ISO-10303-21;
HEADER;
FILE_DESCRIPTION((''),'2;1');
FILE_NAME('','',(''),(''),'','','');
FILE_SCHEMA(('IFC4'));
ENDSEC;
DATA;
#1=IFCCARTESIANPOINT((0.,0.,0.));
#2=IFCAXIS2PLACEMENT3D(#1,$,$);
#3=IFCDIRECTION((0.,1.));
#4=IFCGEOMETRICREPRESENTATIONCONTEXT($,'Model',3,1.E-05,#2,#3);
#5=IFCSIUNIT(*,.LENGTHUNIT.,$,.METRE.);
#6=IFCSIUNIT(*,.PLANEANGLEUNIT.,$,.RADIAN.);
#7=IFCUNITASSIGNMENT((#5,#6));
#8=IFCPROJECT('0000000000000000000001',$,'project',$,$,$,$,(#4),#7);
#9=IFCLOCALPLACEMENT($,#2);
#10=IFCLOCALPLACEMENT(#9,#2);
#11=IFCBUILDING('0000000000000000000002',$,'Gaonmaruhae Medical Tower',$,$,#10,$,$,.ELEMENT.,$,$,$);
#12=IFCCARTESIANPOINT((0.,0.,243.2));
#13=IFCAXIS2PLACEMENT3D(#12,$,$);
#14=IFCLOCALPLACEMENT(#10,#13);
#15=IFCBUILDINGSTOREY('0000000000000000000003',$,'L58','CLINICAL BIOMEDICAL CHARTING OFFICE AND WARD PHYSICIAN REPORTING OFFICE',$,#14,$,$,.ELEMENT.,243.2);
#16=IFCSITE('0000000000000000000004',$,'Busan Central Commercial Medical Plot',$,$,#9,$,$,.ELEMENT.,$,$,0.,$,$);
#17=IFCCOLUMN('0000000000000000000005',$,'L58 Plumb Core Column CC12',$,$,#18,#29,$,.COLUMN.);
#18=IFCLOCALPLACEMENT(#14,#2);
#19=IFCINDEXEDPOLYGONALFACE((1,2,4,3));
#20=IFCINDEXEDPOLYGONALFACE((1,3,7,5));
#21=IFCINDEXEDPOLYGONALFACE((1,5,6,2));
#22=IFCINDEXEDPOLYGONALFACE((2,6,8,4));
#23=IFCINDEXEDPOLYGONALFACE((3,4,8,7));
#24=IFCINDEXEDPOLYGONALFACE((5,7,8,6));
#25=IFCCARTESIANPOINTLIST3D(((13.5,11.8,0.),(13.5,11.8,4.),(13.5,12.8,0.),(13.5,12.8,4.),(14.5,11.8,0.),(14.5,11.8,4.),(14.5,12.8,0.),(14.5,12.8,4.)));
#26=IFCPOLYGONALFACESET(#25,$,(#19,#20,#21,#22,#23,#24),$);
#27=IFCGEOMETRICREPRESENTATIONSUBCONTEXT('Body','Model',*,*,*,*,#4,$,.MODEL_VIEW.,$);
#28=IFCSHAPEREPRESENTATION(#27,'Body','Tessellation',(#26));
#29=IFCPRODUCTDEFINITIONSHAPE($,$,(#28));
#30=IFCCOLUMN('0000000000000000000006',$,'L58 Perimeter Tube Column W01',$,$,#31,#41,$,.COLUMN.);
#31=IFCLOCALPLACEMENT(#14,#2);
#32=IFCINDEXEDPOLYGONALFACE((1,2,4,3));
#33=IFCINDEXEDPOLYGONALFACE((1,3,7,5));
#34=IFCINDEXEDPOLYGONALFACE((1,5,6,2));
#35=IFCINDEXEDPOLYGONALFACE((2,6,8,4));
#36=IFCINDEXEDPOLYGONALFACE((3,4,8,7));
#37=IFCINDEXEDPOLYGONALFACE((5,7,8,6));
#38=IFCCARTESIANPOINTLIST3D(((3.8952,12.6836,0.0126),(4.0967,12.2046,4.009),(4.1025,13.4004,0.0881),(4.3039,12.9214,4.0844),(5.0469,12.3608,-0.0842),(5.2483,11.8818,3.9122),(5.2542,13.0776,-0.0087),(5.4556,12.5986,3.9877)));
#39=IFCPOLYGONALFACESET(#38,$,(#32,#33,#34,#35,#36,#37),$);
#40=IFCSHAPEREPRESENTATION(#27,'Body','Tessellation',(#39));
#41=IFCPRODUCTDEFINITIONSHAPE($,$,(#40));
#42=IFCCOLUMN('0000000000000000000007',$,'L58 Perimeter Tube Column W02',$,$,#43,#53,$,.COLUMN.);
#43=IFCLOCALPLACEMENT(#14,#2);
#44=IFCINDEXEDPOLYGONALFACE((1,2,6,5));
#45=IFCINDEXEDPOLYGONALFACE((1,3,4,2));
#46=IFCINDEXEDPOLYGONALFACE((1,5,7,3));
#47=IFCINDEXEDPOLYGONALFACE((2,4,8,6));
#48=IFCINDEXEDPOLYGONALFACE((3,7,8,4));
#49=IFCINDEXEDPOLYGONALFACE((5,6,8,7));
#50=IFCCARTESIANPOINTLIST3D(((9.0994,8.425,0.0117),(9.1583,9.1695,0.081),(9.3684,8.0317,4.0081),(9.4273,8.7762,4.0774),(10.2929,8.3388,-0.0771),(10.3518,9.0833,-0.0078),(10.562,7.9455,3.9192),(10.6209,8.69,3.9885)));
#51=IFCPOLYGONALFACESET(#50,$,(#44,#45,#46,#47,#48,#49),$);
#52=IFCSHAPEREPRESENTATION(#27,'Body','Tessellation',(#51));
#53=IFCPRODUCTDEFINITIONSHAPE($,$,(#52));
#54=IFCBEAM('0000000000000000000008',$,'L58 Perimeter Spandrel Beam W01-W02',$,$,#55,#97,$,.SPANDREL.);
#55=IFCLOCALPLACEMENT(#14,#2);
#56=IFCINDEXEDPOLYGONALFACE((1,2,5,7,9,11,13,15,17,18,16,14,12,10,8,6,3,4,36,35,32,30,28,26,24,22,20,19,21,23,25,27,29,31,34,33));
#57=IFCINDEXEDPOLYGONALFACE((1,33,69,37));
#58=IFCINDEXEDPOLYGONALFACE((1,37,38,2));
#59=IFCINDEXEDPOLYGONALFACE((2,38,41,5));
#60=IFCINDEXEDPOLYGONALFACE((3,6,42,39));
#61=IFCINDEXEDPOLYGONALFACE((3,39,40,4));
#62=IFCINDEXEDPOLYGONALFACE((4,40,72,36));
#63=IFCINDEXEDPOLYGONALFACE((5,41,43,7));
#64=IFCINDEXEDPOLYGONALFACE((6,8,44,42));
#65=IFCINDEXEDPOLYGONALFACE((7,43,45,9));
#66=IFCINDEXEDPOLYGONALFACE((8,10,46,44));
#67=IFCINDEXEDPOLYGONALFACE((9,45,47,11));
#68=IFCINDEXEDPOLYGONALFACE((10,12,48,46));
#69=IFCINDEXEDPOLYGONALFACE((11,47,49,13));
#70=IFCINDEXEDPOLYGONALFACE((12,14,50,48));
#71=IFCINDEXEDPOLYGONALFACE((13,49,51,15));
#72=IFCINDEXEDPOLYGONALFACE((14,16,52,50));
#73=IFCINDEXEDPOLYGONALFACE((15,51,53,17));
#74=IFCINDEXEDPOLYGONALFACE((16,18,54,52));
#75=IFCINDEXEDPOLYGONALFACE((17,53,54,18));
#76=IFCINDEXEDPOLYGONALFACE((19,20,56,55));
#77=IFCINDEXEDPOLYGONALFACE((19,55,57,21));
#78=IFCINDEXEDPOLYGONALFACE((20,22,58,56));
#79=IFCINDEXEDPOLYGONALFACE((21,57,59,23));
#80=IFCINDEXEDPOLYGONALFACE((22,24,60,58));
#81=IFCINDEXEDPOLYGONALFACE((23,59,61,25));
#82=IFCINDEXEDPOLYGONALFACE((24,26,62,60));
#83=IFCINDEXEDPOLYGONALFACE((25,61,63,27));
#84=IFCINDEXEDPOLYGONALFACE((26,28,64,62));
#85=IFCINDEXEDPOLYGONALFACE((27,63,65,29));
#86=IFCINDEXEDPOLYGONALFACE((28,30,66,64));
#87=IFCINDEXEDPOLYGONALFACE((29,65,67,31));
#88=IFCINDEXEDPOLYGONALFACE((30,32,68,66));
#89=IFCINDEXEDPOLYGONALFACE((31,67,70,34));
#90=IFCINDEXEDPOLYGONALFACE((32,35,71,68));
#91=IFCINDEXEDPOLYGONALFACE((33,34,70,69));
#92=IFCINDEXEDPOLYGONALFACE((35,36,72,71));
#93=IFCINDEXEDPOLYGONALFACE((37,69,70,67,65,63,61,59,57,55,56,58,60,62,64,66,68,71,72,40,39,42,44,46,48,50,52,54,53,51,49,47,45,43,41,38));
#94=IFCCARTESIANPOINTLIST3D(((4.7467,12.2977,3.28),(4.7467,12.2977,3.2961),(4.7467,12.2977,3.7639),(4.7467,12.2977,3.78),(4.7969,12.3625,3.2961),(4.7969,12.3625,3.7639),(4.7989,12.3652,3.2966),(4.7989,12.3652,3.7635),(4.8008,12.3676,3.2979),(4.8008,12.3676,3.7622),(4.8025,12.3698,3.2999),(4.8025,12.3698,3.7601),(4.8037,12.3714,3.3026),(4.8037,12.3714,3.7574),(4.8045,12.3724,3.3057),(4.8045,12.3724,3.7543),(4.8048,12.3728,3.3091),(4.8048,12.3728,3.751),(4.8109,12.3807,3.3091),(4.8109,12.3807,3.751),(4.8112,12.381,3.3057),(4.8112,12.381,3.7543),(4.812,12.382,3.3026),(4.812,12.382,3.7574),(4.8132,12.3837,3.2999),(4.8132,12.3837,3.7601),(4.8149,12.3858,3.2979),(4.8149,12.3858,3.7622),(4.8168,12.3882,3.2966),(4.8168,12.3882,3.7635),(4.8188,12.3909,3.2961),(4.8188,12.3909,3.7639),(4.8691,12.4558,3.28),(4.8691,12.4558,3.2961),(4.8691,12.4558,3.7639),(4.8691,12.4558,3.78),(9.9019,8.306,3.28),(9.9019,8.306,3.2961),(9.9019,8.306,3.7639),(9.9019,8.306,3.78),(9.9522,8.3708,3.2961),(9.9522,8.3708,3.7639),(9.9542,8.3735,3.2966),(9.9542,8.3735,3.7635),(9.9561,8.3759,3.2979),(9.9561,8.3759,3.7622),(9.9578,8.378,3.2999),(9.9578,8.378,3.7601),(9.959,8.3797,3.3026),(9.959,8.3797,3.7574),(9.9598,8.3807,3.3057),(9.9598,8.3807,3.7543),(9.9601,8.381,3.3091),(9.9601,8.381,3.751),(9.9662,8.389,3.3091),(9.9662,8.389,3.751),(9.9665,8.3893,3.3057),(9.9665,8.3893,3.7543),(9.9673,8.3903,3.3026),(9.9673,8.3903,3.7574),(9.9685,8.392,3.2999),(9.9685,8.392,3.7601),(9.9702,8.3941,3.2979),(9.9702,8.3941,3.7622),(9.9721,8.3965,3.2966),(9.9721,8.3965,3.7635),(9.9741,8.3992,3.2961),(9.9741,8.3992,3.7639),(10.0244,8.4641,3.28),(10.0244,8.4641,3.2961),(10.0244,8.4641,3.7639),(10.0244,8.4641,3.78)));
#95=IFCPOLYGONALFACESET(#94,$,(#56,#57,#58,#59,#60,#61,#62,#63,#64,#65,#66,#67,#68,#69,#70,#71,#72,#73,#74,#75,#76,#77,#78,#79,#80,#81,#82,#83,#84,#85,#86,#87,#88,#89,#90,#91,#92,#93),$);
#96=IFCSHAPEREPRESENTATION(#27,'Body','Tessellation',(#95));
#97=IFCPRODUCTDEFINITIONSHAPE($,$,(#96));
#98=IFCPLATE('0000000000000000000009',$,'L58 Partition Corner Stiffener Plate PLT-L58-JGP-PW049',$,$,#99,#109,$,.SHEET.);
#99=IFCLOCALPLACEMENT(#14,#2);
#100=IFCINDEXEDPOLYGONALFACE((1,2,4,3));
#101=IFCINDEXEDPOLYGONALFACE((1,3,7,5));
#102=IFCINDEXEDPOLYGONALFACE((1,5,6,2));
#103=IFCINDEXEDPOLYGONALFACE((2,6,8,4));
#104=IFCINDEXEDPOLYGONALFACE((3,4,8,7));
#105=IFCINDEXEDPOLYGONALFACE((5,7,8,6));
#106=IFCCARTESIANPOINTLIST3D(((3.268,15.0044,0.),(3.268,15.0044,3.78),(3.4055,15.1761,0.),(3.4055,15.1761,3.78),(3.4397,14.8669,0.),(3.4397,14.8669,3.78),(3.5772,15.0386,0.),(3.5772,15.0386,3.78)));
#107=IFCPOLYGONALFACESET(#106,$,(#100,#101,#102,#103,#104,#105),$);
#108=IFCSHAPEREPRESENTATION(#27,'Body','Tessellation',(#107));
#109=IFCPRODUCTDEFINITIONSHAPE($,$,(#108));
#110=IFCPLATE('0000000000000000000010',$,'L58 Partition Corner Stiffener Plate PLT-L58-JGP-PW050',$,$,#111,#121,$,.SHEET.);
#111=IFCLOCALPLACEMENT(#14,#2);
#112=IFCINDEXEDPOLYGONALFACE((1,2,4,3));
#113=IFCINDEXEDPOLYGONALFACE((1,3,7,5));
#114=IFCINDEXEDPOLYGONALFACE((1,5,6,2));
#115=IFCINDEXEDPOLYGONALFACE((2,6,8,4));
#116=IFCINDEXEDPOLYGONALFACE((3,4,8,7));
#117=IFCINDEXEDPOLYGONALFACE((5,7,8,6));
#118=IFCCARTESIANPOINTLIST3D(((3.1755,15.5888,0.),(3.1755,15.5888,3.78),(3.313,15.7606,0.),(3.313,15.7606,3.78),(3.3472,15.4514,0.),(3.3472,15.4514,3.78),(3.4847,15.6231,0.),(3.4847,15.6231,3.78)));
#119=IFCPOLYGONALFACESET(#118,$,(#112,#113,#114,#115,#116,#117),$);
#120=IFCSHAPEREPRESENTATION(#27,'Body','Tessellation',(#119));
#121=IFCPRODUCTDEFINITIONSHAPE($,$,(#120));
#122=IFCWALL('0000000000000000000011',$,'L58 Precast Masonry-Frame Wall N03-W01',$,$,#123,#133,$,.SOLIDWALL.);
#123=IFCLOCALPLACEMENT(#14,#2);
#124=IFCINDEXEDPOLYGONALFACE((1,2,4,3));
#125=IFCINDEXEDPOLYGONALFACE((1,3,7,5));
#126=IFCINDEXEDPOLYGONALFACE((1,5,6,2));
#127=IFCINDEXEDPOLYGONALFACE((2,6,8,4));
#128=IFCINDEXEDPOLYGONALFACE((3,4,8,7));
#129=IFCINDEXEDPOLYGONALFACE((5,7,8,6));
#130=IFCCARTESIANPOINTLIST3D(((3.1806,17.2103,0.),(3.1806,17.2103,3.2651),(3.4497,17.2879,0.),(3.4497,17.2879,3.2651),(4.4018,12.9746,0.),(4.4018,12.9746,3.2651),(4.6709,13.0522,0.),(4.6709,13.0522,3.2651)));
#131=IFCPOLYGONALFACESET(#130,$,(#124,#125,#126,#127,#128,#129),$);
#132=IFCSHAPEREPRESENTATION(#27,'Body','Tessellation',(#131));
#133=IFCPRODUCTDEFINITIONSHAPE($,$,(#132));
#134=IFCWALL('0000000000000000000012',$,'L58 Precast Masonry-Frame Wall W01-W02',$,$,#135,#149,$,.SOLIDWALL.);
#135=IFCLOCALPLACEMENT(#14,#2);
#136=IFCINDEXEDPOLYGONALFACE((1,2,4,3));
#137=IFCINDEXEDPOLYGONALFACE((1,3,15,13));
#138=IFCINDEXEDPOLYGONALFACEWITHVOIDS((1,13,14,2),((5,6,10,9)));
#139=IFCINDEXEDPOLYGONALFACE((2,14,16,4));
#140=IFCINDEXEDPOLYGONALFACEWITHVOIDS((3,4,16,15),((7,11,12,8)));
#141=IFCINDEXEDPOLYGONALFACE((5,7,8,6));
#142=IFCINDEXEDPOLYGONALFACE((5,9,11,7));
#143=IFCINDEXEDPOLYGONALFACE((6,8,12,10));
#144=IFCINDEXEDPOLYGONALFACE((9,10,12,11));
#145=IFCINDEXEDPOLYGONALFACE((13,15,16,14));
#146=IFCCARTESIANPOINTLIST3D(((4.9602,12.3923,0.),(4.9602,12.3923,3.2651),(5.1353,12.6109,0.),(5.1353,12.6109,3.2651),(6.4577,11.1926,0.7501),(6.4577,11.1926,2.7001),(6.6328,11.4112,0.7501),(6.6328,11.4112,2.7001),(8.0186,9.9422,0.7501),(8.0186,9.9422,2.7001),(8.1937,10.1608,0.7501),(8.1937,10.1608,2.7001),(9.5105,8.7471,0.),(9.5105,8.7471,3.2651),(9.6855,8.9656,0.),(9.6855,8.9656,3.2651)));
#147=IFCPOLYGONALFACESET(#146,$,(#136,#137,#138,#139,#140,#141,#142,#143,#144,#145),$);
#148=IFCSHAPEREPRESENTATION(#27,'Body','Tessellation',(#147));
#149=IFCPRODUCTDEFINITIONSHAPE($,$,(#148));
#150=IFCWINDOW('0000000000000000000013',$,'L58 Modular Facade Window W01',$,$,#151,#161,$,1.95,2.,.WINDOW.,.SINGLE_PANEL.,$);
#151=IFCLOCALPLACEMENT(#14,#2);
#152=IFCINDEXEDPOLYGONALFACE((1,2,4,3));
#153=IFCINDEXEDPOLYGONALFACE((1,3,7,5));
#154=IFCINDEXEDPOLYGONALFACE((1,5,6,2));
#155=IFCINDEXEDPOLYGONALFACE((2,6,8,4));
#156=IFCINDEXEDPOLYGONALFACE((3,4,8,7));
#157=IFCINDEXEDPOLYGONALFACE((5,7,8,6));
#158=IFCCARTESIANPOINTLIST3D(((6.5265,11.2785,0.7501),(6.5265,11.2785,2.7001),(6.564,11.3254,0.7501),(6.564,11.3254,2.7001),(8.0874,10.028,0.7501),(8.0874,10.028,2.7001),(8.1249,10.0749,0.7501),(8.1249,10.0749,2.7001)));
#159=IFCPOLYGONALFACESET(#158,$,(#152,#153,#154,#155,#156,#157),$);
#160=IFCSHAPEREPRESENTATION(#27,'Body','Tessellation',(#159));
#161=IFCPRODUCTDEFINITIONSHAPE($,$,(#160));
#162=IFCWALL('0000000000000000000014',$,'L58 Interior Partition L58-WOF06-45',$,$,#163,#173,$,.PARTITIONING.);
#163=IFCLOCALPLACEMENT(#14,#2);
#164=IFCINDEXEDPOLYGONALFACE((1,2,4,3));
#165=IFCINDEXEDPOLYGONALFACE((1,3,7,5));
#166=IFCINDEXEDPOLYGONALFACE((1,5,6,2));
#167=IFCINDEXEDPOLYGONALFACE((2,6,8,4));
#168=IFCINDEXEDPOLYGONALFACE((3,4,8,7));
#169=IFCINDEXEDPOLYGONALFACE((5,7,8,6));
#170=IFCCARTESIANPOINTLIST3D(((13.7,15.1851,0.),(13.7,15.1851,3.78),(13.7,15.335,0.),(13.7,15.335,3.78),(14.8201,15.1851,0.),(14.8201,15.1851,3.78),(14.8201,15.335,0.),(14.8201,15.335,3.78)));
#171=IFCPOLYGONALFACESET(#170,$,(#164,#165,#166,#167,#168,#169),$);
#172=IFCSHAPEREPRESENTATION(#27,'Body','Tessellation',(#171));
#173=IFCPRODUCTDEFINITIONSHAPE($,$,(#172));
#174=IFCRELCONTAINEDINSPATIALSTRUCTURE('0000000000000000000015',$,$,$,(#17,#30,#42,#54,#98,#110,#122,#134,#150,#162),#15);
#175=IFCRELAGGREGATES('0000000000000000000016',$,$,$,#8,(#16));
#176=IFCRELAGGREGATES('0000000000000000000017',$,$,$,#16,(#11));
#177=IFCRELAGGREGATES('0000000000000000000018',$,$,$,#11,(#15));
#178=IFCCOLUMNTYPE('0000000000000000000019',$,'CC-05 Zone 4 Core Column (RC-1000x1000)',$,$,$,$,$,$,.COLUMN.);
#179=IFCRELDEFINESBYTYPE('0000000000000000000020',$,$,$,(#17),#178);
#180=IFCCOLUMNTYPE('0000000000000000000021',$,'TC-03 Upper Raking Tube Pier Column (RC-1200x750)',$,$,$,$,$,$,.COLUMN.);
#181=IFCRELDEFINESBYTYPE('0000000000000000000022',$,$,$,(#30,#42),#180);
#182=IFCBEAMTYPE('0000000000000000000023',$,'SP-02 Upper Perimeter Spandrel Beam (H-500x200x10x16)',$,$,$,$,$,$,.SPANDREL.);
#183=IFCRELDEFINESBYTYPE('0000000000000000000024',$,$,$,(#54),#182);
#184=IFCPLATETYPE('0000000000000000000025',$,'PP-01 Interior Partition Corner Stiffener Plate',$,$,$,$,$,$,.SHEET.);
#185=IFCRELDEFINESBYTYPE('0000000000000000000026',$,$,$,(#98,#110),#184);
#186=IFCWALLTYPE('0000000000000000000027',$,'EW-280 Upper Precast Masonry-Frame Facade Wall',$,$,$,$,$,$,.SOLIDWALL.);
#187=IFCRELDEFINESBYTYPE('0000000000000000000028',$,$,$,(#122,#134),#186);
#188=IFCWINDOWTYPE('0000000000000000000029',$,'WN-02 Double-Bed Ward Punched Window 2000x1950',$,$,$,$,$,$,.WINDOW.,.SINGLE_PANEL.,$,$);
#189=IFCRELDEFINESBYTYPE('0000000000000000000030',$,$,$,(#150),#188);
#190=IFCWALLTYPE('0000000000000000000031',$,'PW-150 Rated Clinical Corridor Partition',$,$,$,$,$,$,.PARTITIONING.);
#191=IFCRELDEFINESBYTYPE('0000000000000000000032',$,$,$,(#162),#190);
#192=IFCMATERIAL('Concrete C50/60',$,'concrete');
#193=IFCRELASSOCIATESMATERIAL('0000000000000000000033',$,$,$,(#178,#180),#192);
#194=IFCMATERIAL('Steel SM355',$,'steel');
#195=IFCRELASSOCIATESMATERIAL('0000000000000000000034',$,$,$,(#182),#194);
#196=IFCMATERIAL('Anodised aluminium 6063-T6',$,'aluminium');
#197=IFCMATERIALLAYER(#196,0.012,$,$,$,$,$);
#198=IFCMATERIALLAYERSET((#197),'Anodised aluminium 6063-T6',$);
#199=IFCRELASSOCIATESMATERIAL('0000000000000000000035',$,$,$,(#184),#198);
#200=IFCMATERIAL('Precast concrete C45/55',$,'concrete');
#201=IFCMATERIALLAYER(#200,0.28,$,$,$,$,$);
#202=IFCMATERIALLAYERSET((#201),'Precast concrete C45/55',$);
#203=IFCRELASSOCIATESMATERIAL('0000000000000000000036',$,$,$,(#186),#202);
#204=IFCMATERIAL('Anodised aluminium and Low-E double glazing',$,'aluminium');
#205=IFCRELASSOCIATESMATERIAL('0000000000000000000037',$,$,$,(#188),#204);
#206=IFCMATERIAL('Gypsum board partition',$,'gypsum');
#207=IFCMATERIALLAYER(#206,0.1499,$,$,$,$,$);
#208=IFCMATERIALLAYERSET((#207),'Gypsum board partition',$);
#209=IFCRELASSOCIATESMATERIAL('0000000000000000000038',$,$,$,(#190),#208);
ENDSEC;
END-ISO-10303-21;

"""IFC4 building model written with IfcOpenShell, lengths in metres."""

from ifc_helpers import new_model, si_unit, direction, frame, frame_2d, origin, origin_2d, place, context, subcontext, project, spatial, rectangle, i_section, extrude, material, layer, layer_set, material_profile, profile_set, type_object, element, fill, save


model = new_model("IFC4")

# Units and contexts
model_context = context("Model", 3, precision=1e-05, world=origin(), true_north=direction((0.0, 1.0)))
body_context = subcontext(model_context, "Body", "Model", "MODEL_VIEW")
ifc_project = project(units=[si_unit("LENGTHUNIT", "METRE"), si_unit("PLANEANGLEUNIT", "RADIAN")], contexts=[model_context])

# Site, building, storey
site_placement = place(None, origin())
site = spatial("IfcSite", under=ifc_project, at=site_placement, Name="Busan Central Commercial Medical Plot", CompositionType="ELEMENT", RefElevation=0.0)
building_placement = place(site_placement, origin())
building = spatial("IfcBuilding", under=site, at=building_placement, Name="Gaonmaruhae Medical Tower", CompositionType="ELEMENT")
storey_placement = place(building_placement, frame((0.0, 0.0, 243.2)))
storey = spatial("IfcBuildingStorey", under=building, at=storey_placement, Name="L58", Description="CLINICAL BIOMEDICAL CHARTING OFFICE AND WARD PHYSICIAN REPORTING OFFICE", CompositionType="ELEMENT", Elevation=243.2)

# Columns
ifc_material_1 = material(Name="Concrete C50/60", Category="concrete")
ifc_material_profile_1 = material_profile(ifc_material_1, rectangle(XDim=1.0, YDim=1.0, at=origin_2d()), Name="RC-1000x1000")
ifc_profile_set_1 = profile_set([ifc_material_profile_1], Name="Concrete C50/60")
column_type_1 = type_object("IfcColumnType", Name="CC-05 Zone 4 Core Column (RC-1000x1000)", PredefinedType="COLUMN", material=ifc_profile_set_1)
column_1_placement = place(storey_placement, frame((14.0, 12.3, 0.0), z_axis=(0.0, 0.0, 1.0), x_axis=(1.0, 0.0, 0.0)))
element("IfcColumn", 1, at=column_1_placement, inside=storey, type_object=column_type_1, Name="L58 Plumb Core Column CC12", PredefinedType="COLUMN", context=body_context, shape_type="SweptSolid", body=[
    extrude(rectangle(XDim=1.0, YDim=1.0, at=origin_2d()), origin(), (0.0, 0.0, 1.0), 4.0),
])
ifc_material_profile_2 = material_profile(ifc_material_1, rectangle(XDim=1.2, YDim=0.75, at=origin_2d()), Name="RC-1200x750")
ifc_profile_set_2 = profile_set([ifc_material_profile_2], Name="Concrete C50/60")
column_type_2 = type_object("IfcColumnType", Name="TC-03 Upper Raking Tube Pier Column (RC-1200x750)", PredefinedType="COLUMN", material=ifc_profile_set_2)
column_2_placement = place(storey_placement, frame((4.5747, 12.8806, 0.002), z_axis=(0.049979, -0.11886, 0.991652), x_axis=(-0.959748, 0.269043, 0.080619)))
element("IfcColumn", 2, at=column_2_placement, inside=storey, type_object=column_type_2, Name="L58 Perimeter Tube Column W01", PredefinedType="COLUMN", context=body_context, shape_type="SweptSolid", body=[
    extrude(rectangle(XDim=1.2, YDim=0.75, at=origin_2d()), origin(), (0.0, 0.0, 1.0), 4.03),
])
column_3_placement = place(storey_placement, frame((9.7256, 8.7542, 0.002), z_axis=(0.066849, -0.097725, 0.992966), x_axis=(-0.994668, 0.071802, 0.07403)))
element("IfcColumn", 3, at=column_3_placement, inside=storey, type_object=column_type_2, Name="L58 Perimeter Tube Column W02", PredefinedType="COLUMN", context=body_context, shape_type="SweptSolid", body=[
    extrude(rectangle(XDim=1.2, YDim=0.75, at=origin_2d()), origin(), (0.0, 0.0, 1.0), 4.0247),
])

# Beam
ifc_material_2 = material(Name="Steel SM355", Category="steel")
ifc_material_profile_3 = material_profile(ifc_material_2, i_section(OverallWidth=0.2, OverallDepth=0.5, WebThickness=0.01, FlangeThickness=0.0161, FilletRadius=0.0129, at=origin_2d()), Name="H-500x200x10x16")
ifc_profile_set_3 = profile_set([ifc_material_profile_3], Name="Steel SM355")
beam_type = type_object("IfcBeamType", Name="SP-02 Upper Perimeter Spandrel Beam (H-500x200x10x16)", PredefinedType="SPANDREL", material=ifc_profile_set_3)
beam_placement = place(storey_placement, frame((4.8079, 12.3767, 3.53), z_axis=(0.790685, -0.612223, 0.0), x_axis=(0.612223, 0.790685, 0.0)))
element("IfcBeam", 4, at=beam_placement, inside=storey, type_object=beam_type, Name="L58 Perimeter Spandrel Beam W01-W02", PredefinedType="SPANDREL", context=body_context, shape_type="SweptSolid", body=[
    extrude(i_section(OverallWidth=0.2, OverallDepth=0.5, WebThickness=0.01, FlangeThickness=0.0161, FilletRadius=0.0129, at=origin_2d()), origin(), (0.0, 0.0, 1.0), 6.52),
])

# Plates
ifc_material_3 = material(Name="Anodised aluminium 6063-T6", Category="aluminium")
ifc_layer_1 = layer(ifc_material_3, 0.012)
ifc_layer_set_1 = layer_set([ifc_layer_1], Name="Anodised aluminium 6063-T6")
plate_type = type_object("IfcPlateType", Name="PP-01 Interior Partition Corner Stiffener Plate", PredefinedType="SHEET", material=ifc_layer_set_1)
for number, where, z_axis, x_axis, name in (
    (5, (3.4226, 15.0215, 0.0), (0.0, 0.0, 1.0), (-0.78054, 0.625106, 0.0), "L58 Partition Corner Stiffener Plate PLT-L58-JGP-PW049"),
    (6, (3.3301, 15.606, 0.0), (0.0, 0.0, 1.0), (0.624997, 0.780627, 0.0), "L58 Partition Corner Stiffener Plate PLT-L58-JGP-PW050"),
):
    element("IfcPlate", number, at=place(storey_placement, frame(where, z_axis=z_axis, x_axis=x_axis)), inside=storey, type_object=plate_type, Name=name, PredefinedType="SHEET", context=body_context, shape_type="SweptSolid", body=[
        extrude(rectangle(XDim=0.22, YDim=0.22, at=origin_2d()), origin(), (0.0, 0.0, 1.0), 3.78),
    ])

# Wall
ifc_material_4 = material(Name="Precast concrete C45/55", Category="concrete")
ifc_layer_2 = layer(ifc_material_4, 0.28)
ifc_layer_set_2 = layer_set([ifc_layer_2], Name="Precast concrete C45/55")
wall_type_1 = type_object("IfcWallType", Name="EW-280 Upper Precast Masonry-Frame Facade Wall", PredefinedType="SOLIDWALL", material=ifc_layer_set_2)
wall_1_placement = place(storey_placement, frame((4.5364, 13.0134, 0.0), z_axis=(0.0, 0.0, 1.0), x_axis=(-0.277032, 0.960861, 0.0)))
element("IfcWall", 7, at=wall_1_placement, inside=storey, type_object=wall_type_1, Name="L58 Precast Masonry-Frame Wall N03-W01", PredefinedType="SOLIDWALL", context=body_context, shape_type="SweptSolid", body=[
    extrude(rectangle(XDim=4.4082, YDim=0.28, at=frame_2d((2.2041, 0.0))), origin(), (0.0, 0.0, 1.0), 3.2651),
])

# Wall, opening, window
wall_2_placement = place(storey_placement, frame((9.5979, 8.8564, 0.0), z_axis=(0.0, 0.0, 1.0), x_axis=(-0.780448, 0.625221, 0.0)))
wall_2 = element("IfcWall", 8, at=wall_2_placement, inside=storey, type_object=wall_type_1, Name="L58 Precast Masonry-Frame Wall W01-W02", PredefinedType="SOLIDWALL", context=body_context, shape_type="SweptSolid", body=[
    extrude(rectangle(XDim=5.8303, YDim=0.28, at=frame_2d((2.915, 0.0))), origin(), (0.0, 0.0, 1.0), 3.2651),
])
opening_1_placement = place(wall_2_placement, frame((1.9114, 0.0, 0.75)))
opening_1 = element("IfcOpeningElement", 9, at=opening_1_placement, cuts=wall_2, PredefinedType="OPENING", context=body_context, shape_type="SweptSolid", body=[
    extrude(rectangle(XDim=2.0, YDim=1.95, at=frame_2d((1.0, 0.9751))), frame((0.0, 0.1499, 0.0), z_axis=(0.0, -1.0, 0.0), x_axis=(1.0, 0.0, 0.0)), (0.0, 0.0, 1.0), 0.3),
])
ifc_material_5 = material(Name="Anodised aluminium and Low-E double glazing", Category="aluminium")
window_type = type_object("IfcWindowType", Name="WN-02 Double-Bed Ward Punched Window 2000x1950", PartitioningType="SINGLE_PANEL", PredefinedType="WINDOW", material=ifc_material_5)
window_placement = place(opening_1_placement, origin())
window = element("IfcWindow", 10, at=window_placement, inside=storey, type_object=window_type, Name="L58 Modular Facade Window W01", OverallHeight=1.95, OverallWidth=2.0, PartitioningType="SINGLE_PANEL", PredefinedType="WINDOW", context=body_context, shape_type="SweptSolid", body=[
    extrude(rectangle(XDim=2.0, YDim=1.95, at=frame_2d((1.0, 0.9751))), frame((0.0, 0.03, 0.0), z_axis=(0.0, -1.0, 0.0), x_axis=(1.0, 0.0, 0.0)), (0.0, 0.0, 1.0), 0.0601),
])
fill(opening_1, window)

# Wall
ifc_material_6 = material(Name="Gypsum board partition", Category="gypsum")
ifc_layer_3 = layer(ifc_material_6, 0.1499)
ifc_layer_set_3 = layer_set([ifc_layer_3], Name="Gypsum board partition")
wall_type_2 = type_object("IfcWallType", Name="PW-150 Rated Clinical Corridor Partition", PredefinedType="PARTITIONING", material=ifc_layer_set_3)
wall_3_placement = place(storey_placement, frame((14.8201, 15.26, 0.0), z_axis=(0.0, 0.0, 1.0), x_axis=(-1.0, 0.0, 0.0)))
element("IfcWall", 11, at=wall_3_placement, inside=storey, type_object=wall_type_2, Name="L58 Interior Partition L58-WOF06-45", PredefinedType="PARTITIONING", context=body_context, shape_type="SweptSolid", body=[
    extrude(rectangle(XDim=1.1201, YDim=0.1499, at=frame_2d((0.5601, 0.0))), origin(), (0.0, 0.0, 1.0), 3.78),
])

save(model, "model.ifc")
